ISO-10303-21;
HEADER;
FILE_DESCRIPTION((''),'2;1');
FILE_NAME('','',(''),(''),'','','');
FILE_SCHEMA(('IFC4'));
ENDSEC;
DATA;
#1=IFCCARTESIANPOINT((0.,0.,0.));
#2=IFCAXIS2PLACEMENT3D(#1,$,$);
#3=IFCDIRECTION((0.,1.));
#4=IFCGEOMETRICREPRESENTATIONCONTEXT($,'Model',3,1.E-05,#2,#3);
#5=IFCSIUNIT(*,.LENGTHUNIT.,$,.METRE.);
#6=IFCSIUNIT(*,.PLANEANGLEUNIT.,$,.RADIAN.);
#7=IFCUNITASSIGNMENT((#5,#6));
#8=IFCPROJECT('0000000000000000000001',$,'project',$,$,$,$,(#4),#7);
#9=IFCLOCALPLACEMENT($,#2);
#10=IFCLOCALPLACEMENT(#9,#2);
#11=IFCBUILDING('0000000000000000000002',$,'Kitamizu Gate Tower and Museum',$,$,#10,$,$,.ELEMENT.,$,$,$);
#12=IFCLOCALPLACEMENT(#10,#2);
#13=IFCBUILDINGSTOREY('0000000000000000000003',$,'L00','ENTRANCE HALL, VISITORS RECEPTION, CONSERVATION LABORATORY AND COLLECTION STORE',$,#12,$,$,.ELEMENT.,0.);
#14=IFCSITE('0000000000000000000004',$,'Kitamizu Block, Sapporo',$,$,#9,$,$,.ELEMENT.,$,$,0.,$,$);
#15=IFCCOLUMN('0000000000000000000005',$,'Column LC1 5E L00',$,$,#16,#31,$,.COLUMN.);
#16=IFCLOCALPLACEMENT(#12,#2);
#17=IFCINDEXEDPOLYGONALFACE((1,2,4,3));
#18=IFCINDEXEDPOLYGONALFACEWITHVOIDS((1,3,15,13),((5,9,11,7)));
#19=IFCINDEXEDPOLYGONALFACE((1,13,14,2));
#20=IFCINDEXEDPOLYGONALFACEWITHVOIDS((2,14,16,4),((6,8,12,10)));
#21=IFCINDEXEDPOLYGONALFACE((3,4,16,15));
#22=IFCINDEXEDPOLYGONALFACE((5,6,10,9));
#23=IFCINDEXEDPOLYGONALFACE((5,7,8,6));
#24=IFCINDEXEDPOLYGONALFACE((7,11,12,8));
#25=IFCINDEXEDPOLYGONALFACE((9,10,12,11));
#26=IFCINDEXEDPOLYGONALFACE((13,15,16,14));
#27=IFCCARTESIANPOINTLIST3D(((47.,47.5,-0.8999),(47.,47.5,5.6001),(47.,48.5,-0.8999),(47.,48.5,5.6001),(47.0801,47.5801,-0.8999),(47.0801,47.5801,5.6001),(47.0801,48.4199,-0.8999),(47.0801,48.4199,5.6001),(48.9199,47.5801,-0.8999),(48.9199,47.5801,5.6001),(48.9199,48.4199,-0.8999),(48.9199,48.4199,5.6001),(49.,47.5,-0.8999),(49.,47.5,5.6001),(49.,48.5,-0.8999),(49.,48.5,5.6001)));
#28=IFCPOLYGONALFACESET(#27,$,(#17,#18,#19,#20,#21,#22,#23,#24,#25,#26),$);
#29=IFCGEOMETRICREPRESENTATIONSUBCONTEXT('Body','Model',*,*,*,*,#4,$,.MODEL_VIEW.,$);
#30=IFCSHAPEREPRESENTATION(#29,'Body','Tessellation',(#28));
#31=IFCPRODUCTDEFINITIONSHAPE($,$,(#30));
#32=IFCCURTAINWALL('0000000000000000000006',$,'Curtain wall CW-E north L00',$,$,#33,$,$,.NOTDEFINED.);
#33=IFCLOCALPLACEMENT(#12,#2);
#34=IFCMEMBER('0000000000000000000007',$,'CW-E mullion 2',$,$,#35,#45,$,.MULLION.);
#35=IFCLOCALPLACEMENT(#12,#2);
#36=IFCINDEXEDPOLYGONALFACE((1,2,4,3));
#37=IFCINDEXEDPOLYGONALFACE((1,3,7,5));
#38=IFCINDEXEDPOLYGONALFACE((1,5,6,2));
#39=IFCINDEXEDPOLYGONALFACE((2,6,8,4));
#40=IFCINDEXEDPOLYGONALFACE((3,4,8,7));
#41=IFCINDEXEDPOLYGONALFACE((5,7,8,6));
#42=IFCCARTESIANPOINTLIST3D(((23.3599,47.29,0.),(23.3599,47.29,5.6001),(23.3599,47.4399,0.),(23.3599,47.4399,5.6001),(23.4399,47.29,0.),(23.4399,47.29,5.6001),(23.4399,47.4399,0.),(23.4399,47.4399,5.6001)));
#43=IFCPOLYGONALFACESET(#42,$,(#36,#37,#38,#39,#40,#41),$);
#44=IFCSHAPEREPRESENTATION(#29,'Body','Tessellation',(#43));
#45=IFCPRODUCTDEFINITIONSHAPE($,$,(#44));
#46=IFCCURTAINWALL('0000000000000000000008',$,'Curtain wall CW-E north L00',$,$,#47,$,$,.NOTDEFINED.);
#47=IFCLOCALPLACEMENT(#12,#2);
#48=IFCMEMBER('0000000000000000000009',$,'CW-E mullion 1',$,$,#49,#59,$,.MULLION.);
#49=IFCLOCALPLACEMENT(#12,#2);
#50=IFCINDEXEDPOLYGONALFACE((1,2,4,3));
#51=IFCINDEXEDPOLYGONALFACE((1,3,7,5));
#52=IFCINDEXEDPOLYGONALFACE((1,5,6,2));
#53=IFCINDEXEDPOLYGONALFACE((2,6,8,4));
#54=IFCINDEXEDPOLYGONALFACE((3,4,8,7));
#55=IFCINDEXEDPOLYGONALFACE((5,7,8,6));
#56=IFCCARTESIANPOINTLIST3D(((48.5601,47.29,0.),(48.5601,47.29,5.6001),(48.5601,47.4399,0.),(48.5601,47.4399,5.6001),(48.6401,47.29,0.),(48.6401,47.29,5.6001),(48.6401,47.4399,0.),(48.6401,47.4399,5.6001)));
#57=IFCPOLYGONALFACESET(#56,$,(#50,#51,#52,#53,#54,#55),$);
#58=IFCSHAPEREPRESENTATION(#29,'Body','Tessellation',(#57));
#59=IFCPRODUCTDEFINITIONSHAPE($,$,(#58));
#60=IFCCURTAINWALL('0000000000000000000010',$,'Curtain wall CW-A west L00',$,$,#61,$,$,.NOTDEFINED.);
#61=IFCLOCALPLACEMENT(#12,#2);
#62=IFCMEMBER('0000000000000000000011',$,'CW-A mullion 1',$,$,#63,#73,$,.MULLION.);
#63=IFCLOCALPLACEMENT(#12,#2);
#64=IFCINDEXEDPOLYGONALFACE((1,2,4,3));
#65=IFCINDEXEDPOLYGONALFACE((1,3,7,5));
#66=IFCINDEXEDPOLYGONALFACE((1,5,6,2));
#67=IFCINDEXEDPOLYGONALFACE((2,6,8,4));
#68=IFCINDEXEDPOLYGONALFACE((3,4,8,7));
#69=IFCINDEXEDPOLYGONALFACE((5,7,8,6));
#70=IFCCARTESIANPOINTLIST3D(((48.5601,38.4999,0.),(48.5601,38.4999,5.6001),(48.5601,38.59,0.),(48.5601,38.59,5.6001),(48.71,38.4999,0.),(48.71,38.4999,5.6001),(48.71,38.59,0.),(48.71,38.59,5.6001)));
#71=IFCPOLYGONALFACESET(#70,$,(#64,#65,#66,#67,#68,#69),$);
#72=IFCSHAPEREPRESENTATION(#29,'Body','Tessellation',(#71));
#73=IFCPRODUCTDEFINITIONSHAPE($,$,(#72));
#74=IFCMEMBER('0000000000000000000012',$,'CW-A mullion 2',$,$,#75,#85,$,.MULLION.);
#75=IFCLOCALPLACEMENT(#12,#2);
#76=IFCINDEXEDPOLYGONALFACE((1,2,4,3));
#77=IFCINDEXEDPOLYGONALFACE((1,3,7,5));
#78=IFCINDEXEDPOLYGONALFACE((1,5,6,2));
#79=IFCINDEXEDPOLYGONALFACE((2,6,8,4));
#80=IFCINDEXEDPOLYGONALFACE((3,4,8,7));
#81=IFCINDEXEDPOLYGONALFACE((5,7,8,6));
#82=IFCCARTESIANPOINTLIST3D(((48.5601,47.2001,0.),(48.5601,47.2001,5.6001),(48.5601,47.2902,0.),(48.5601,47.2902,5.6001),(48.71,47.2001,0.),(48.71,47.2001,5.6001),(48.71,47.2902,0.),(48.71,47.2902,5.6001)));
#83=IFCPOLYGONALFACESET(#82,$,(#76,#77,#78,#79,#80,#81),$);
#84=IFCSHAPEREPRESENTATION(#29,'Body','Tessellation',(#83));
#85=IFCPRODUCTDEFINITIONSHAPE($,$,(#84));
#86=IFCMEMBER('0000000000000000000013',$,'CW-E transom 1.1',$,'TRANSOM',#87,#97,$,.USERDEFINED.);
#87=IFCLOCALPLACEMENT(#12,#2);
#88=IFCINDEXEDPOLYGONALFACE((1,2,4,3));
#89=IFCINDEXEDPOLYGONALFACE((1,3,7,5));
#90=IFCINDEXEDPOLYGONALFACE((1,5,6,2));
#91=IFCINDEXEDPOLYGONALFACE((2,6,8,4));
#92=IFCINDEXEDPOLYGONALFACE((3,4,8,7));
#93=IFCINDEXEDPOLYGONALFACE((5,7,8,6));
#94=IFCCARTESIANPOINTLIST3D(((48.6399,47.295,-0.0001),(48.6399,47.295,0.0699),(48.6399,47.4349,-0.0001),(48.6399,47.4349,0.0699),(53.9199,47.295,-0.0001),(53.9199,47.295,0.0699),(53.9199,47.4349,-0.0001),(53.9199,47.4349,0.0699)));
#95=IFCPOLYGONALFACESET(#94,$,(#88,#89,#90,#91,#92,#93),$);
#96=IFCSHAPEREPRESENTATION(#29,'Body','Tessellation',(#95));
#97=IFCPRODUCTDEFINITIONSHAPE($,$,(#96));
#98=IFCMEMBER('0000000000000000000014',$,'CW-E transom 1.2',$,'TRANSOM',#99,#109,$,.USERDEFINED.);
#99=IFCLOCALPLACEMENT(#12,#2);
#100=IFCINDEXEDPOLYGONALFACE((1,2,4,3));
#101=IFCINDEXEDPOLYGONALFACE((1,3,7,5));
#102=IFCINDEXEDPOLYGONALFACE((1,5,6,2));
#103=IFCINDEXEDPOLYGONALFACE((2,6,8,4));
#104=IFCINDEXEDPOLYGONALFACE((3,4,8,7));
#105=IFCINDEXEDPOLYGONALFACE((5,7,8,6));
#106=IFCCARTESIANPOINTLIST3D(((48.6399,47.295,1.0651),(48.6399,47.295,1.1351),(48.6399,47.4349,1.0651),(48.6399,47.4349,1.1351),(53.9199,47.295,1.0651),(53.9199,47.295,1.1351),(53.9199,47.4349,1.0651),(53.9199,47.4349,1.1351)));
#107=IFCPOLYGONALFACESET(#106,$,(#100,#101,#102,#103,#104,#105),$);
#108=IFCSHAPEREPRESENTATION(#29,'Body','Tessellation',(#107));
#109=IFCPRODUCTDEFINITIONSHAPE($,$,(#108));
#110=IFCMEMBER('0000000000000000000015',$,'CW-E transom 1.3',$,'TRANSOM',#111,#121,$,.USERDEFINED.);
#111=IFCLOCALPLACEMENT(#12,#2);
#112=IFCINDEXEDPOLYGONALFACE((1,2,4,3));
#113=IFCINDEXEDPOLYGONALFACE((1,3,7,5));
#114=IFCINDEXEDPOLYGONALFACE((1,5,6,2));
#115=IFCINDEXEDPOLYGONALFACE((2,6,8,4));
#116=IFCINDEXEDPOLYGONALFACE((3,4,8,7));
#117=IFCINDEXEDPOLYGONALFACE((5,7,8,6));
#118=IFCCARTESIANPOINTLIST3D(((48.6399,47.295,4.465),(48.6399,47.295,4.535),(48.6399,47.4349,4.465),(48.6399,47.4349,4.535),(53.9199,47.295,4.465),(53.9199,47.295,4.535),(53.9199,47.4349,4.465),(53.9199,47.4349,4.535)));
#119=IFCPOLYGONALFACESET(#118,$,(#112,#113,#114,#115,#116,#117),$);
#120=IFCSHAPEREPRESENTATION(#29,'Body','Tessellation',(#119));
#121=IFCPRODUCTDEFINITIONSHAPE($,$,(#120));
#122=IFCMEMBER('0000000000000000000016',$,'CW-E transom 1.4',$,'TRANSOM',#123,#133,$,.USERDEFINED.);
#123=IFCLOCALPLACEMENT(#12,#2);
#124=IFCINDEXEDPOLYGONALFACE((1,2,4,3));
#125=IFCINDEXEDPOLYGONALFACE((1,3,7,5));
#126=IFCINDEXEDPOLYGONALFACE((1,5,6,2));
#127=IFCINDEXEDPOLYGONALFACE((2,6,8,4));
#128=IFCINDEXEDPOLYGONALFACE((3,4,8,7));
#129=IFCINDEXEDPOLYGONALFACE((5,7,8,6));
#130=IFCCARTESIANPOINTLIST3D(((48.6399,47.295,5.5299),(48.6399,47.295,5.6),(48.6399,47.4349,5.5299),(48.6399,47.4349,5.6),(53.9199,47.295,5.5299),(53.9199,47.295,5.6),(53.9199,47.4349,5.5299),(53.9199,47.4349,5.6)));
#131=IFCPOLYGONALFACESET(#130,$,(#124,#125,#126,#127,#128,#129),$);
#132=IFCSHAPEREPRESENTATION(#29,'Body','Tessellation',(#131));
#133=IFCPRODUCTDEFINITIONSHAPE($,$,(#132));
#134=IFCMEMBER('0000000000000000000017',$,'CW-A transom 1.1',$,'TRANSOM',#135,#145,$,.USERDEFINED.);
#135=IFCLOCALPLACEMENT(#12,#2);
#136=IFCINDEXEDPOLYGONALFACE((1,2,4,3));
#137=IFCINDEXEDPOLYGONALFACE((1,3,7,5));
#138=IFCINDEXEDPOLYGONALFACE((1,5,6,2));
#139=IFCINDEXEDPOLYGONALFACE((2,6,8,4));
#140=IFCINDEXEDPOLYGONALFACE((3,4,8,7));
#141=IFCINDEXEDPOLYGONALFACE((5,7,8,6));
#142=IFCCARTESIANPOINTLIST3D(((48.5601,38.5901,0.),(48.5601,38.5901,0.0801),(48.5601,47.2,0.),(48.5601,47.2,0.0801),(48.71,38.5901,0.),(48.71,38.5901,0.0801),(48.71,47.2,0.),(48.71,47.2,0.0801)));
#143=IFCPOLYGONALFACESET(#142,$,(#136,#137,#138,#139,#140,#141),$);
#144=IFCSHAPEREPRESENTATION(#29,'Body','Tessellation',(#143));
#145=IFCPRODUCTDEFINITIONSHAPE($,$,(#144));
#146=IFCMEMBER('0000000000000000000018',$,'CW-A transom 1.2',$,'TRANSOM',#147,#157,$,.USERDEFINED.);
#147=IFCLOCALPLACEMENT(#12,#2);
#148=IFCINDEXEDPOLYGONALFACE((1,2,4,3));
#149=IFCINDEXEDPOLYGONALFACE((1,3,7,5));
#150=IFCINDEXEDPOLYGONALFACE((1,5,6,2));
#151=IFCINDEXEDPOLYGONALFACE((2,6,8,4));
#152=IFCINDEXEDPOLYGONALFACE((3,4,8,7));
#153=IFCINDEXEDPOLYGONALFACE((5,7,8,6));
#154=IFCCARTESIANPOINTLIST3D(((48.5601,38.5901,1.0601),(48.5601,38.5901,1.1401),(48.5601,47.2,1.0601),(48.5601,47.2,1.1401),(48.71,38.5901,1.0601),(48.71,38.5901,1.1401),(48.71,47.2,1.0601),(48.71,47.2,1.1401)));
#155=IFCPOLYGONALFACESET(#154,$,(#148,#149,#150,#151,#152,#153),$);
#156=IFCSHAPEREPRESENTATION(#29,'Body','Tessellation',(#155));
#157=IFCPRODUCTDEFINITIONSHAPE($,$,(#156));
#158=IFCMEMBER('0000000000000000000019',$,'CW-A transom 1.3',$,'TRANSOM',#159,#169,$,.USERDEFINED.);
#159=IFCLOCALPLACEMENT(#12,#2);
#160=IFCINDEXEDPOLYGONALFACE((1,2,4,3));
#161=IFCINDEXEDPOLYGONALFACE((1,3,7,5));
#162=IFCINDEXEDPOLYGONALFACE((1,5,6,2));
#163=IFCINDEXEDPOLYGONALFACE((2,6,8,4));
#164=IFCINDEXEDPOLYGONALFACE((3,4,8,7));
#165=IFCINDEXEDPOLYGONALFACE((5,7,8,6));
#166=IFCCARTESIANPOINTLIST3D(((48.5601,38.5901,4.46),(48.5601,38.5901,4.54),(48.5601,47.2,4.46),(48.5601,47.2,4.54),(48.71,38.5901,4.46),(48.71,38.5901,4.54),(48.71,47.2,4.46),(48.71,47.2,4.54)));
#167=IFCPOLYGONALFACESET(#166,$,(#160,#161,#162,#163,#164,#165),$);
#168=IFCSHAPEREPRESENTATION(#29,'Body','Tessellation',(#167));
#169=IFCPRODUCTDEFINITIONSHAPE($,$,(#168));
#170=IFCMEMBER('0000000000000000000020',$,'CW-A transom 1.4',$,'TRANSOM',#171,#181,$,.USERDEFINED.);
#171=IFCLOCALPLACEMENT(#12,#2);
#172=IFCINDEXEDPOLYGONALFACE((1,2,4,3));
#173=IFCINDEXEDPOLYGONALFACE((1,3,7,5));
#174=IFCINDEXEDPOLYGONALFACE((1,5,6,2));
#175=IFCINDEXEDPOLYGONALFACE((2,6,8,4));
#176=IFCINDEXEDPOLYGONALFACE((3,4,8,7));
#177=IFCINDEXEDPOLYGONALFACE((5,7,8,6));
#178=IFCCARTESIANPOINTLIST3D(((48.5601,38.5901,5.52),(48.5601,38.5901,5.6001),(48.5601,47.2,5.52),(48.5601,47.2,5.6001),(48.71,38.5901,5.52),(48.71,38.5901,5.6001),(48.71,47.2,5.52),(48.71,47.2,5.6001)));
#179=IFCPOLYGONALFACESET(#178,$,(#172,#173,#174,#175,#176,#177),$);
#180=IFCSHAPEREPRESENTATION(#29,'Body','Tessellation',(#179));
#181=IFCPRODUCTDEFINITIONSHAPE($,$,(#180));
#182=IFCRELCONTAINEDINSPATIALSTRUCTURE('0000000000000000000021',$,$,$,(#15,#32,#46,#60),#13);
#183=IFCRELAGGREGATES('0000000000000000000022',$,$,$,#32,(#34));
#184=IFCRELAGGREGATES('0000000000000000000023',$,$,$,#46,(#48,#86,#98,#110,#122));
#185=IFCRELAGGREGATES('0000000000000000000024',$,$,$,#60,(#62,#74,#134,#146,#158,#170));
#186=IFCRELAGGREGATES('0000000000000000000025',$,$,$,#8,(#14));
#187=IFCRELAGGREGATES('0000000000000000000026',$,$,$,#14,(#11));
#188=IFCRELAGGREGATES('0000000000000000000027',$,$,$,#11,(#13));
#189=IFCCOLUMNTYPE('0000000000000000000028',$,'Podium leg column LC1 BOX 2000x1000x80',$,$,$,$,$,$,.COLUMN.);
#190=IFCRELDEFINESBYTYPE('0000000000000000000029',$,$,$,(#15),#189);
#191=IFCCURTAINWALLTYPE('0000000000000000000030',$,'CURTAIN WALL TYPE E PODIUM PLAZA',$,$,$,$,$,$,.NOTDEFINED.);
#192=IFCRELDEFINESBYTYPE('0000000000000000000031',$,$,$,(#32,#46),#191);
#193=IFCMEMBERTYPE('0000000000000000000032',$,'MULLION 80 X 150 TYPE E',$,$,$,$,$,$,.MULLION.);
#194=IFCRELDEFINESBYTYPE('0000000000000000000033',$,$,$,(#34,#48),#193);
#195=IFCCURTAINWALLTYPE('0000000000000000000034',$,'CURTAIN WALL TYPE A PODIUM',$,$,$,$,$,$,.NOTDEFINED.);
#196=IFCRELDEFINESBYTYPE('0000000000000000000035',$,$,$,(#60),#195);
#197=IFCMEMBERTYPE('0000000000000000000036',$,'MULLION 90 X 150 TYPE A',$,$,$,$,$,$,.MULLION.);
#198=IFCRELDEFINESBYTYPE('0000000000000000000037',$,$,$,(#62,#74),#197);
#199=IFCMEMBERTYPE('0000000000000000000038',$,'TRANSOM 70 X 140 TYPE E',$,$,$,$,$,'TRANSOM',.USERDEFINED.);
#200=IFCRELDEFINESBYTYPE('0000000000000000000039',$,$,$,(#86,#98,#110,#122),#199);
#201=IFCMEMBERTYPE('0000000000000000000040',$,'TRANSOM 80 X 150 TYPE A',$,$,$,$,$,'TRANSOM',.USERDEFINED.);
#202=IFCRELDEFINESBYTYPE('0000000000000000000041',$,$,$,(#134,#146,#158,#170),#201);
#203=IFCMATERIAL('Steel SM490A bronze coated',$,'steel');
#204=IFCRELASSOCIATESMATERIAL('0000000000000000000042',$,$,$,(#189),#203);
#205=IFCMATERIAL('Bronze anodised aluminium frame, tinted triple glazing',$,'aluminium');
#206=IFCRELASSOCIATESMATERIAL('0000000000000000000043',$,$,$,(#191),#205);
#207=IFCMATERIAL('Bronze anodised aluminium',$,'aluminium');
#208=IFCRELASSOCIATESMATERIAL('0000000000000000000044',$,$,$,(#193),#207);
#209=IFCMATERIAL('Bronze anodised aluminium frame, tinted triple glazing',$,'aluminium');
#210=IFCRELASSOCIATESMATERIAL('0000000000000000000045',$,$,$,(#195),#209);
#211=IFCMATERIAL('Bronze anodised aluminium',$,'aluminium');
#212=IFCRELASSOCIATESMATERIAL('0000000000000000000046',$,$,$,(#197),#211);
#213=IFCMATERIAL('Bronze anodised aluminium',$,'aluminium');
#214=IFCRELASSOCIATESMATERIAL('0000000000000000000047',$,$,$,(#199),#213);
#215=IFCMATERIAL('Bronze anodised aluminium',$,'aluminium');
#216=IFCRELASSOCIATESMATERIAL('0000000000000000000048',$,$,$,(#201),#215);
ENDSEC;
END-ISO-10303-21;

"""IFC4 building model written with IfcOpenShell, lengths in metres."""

from ifc_helpers import new_model, si_unit, direction, frame, origin, origin_2d, place, context, subcontext, project, spatial, rectangle, hollow_rectangle, extrude, material, material_profile, profile_set, type_object, element, aggregate, save


model = new_model("IFC4")

# Units and contexts
model_context = context("Model", 3, precision=1e-05, world=origin(), true_north=direction((0.0, 1.0)))
body_context = subcontext(model_context, "Body", "Model", "MODEL_VIEW")
ifc_project = project(units=[si_unit("LENGTHUNIT", "METRE"), si_unit("PLANEANGLEUNIT", "RADIAN")], contexts=[model_context])

# Site, building, storey
site_placement = place(None, origin())
site = spatial("IfcSite", under=ifc_project, at=site_placement, Name="Kitamizu Block, Sapporo", CompositionType="ELEMENT", RefElevation=0.0)
building_placement = place(site_placement, origin())
building = spatial("IfcBuilding", under=site, at=building_placement, Name="Kitamizu Gate Tower and Museum", CompositionType="ELEMENT")
storey_placement = place(building_placement, origin())
storey = spatial("IfcBuildingStorey", under=building, at=storey_placement, Name="L00", Description="ENTRANCE HALL, VISITORS RECEPTION, CONSERVATION LABORATORY AND COLLECTION STORE", CompositionType="ELEMENT", Elevation=0.0)

# Column
ifc_material_1 = material(Name="Steel SM490A bronze coated", Category="steel")
ifc_material_profile_1 = material_profile(ifc_material_1, hollow_rectangle(XDim=2.0, YDim=1.0, WallThickness=0.0801, at=origin_2d()), Name="BOX 2000x1000x80")
ifc_profile_set_1 = profile_set([ifc_material_profile_1], Name="Steel SM490A bronze coated")
column_type = type_object("IfcColumnType", Name="Podium leg column LC1 BOX 2000x1000x80", PredefinedType="COLUMN", material=ifc_profile_set_1)
for number, where, z_axis, x_axis, name in (
    (1, (48.0, 48.0, -0.8999), (0.0, 0.0, 1.0), (1.0, 0.0, 0.0), "Column LC1 5E L00"),
):
    element("IfcColumn", number, at=place(storey_placement, frame(where, z_axis=z_axis, x_axis=x_axis)), inside=storey, type_object=column_type, Name=name, PredefinedType="COLUMN", context=body_context, shape_type="SweptSolid", body=[
        extrude(hollow_rectangle(XDim=2.0, YDim=1.0, WallThickness=0.0801, at=origin_2d()), origin(), (0.0, 0.0, 1.0), 6.5),
    ])

# Curtain walls, members
ifc_material_2 = material(Name="Bronze anodised aluminium frame, tinted triple glazing", Category="aluminium")
curtain_wall_type_1 = type_object("IfcCurtainWallType", Name="CURTAIN WALL TYPE E PODIUM PLAZA", PredefinedType="NOTDEFINED", material=ifc_material_2)
curtain_wall_1_placement = place(storey_placement, origin())
curtain_wall_1 = element("IfcCurtainWall", 2, at=curtain_wall_1_placement, inside=storey, type_object=curtain_wall_type_1, Name="Curtain wall CW-E north L00", PredefinedType="NOTDEFINED")
ifc_material_3 = material(Name="Bronze anodised aluminium", Category="aluminium")
ifc_material_profile_2 = material_profile(ifc_material_3, rectangle(XDim=0.0801, YDim=0.1499, at=origin_2d()), Name="AL 80X150")
ifc_profile_set_2 = profile_set([ifc_material_profile_2], Name="Bronze anodised aluminium")
member_type_1 = type_object("IfcMemberType", Name="MULLION 80 X 150 TYPE E", PredefinedType="MULLION", material=ifc_profile_set_2)
member_1_placement = place(storey_placement, frame((23.3999, 47.365, 0.0), z_axis=(0.0, 0.0, 1.0), x_axis=(1.0, 0.0, 0.0)))
member_1 = element("IfcMember", 3, at=member_1_placement, type_object=member_type_1, Name="CW-E mullion 2", PredefinedType="MULLION", context=body_context, shape_type="SweptSolid", body=[
    extrude(rectangle(XDim=0.0801, YDim=0.1499, at=origin_2d()), origin(), (0.0, 0.0, 1.0), 5.6001),
])
aggregate(curtain_wall_1, [member_1])
curtain_wall_2_placement = place(storey_placement, origin())
curtain_wall_2 = element("IfcCurtainWall", 4, at=curtain_wall_2_placement, inside=storey, type_object=curtain_wall_type_1, Name="Curtain wall CW-E north L00", PredefinedType="NOTDEFINED")
member_2_placement = place(storey_placement, frame((48.6001, 47.365, 0.0), z_axis=(0.0, 0.0, 1.0), x_axis=(1.0, 0.0, 0.0)))
member_2 = element("IfcMember", 5, at=member_2_placement, type_object=member_type_1, Name="CW-E mullion 1", PredefinedType="MULLION", context=body_context, shape_type="SweptSolid", body=[
    extrude(rectangle(XDim=0.0801, YDim=0.1499, at=origin_2d()), origin(), (0.0, 0.0, 1.0), 5.6001),
])

# Curtain wall, members
ifc_material_4 = material(Name="Bronze anodised aluminium frame, tinted triple glazing", Category="aluminium")
curtain_wall_type_2 = type_object("IfcCurtainWallType", Name="CURTAIN WALL TYPE A PODIUM", PredefinedType="NOTDEFINED", material=ifc_material_4)
curtain_wall_3_placement = place(storey_placement, origin())
curtain_wall_3 = element("IfcCurtainWall", 6, at=curtain_wall_3_placement, inside=storey, type_object=curtain_wall_type_2, Name="Curtain wall CW-A west L00", PredefinedType="NOTDEFINED")
ifc_material_5 = material(Name="Bronze anodised aluminium", Category="aluminium")
ifc_material_profile_3 = material_profile(ifc_material_5, rectangle(XDim=0.0901, YDim=0.1499, at=origin_2d()), Name="AL 90X150")
ifc_profile_set_3 = profile_set([ifc_material_profile_3], Name="Bronze anodised aluminium")
member_type_2 = type_object("IfcMemberType", Name="MULLION 90 X 150 TYPE A", PredefinedType="MULLION", material=ifc_profile_set_3)
member_3_placement = place(storey_placement, frame((48.635, 38.5449, 0.0), z_axis=(0.0, 0.0, 1.0), x_axis=(0.0, 1.0, 0.0)))
member_3 = element("IfcMember", 7, at=member_3_placement, type_object=member_type_2, Name="CW-A mullion 1", PredefinedType="MULLION", context=body_context, shape_type="SweptSolid", body=[
    extrude(rectangle(XDim=0.0901, YDim=0.1499, at=origin_2d()), origin(), (0.0, 0.0, 1.0), 5.6001),
])
member_4_placement = place(storey_placement, frame((48.635, 47.2451, 0.0), z_axis=(0.0, 0.0, 1.0), x_axis=(0.0, 1.0, 0.0)))
member_4 = element("IfcMember", 8, at=member_4_placement, type_object=member_type_2, Name="CW-A mullion 2", PredefinedType="MULLION", context=body_context, shape_type="SweptSolid", body=[
    extrude(rectangle(XDim=0.0901, YDim=0.1499, at=origin_2d()), origin(), (0.0, 0.0, 1.0), 5.6001),
])

# Members
ifc_material_6 = material(Name="Bronze anodised aluminium", Category="aluminium")
ifc_material_profile_4 = material_profile(ifc_material_6, rectangle(XDim=0.1399, YDim=0.0701, at=origin_2d()), Name="AL 70X140")
ifc_profile_set_4 = profile_set([ifc_material_profile_4], Name="Bronze anodised aluminium")
member_type_3 = type_object("IfcMemberType", Name="TRANSOM 70 X 140 TYPE E", ElementType="TRANSOM", PredefinedType="USERDEFINED", material=ifc_profile_set_4)
member_5_placement = place(storey_placement, frame((48.6399, 47.365, 0.0349), z_axis=(1.0, 0.0, 0.0), x_axis=(0.0, 1.0, 0.0)))
member_5 = element("IfcMember", 9, at=member_5_placement, type_object=member_type_3, Name="CW-E transom 1.1", ObjectType="TRANSOM", PredefinedType="USERDEFINED", context=body_context, shape_type="SweptSolid", body=[
    extrude(rectangle(XDim=0.1399, YDim=0.0701, at=origin_2d()), origin(), (0.0, 0.0, 1.0), 5.28),
])
member_6_placement = place(storey_placement, frame((48.6399, 47.365, 1.1001), z_axis=(1.0, 0.0, 0.0), x_axis=(0.0, 1.0, 0.0)))
member_6 = element("IfcMember", 10, at=member_6_placement, type_object=member_type_3, Name="CW-E transom 1.2", ObjectType="TRANSOM", PredefinedType="USERDEFINED", context=body_context, shape_type="SweptSolid", body=[
    extrude(rectangle(XDim=0.1399, YDim=0.0701, at=origin_2d()), origin(), (0.0, 0.0, 1.0), 5.28),
])
member_7_placement = place(storey_placement, frame((48.6399, 47.365, 4.5), z_axis=(1.0, 0.0, 0.0), x_axis=(0.0, 1.0, 0.0)))
member_7 = element("IfcMember", 11, at=member_7_placement, type_object=member_type_3, Name="CW-E transom 1.3", ObjectType="TRANSOM", PredefinedType="USERDEFINED", context=body_context, shape_type="SweptSolid", body=[
    extrude(rectangle(XDim=0.1399, YDim=0.0701, at=origin_2d()), origin(), (0.0, 0.0, 1.0), 5.28),
])
member_8_placement = place(storey_placement, frame((48.6399, 47.365, 5.5649), z_axis=(1.0, 0.0, 0.0), x_axis=(0.0, 1.0, 0.0)))
member_8 = element("IfcMember", 12, at=member_8_placement, type_object=member_type_3, Name="CW-E transom 1.4", ObjectType="TRANSOM", PredefinedType="USERDEFINED", context=body_context, shape_type="SweptSolid", body=[
    extrude(rectangle(XDim=0.1399, YDim=0.0701, at=origin_2d()), origin(), (0.0, 0.0, 1.0), 5.28),
])
ifc_material_7 = material(Name="Bronze anodised aluminium", Category="aluminium")
ifc_material_profile_5 = material_profile(ifc_material_7, rectangle(XDim=0.1499, YDim=0.0801, at=origin_2d()), Name="AL 80X150")
ifc_profile_set_5 = profile_set([ifc_material_profile_5], Name="Bronze anodised aluminium")
member_type_4 = type_object("IfcMemberType", Name="TRANSOM 80 X 150 TYPE A", ElementType="TRANSOM", PredefinedType="USERDEFINED", material=ifc_profile_set_5)
member_9_placement = place(storey_placement, frame((48.635, 38.5901, 0.04), z_axis=(0.0, 1.0, 0.0), x_axis=(-1.0, 0.0, 0.0)))
member_9 = element("IfcMember", 13, at=member_9_placement, type_object=member_type_4, Name="CW-A transom 1.1", ObjectType="TRANSOM", PredefinedType="USERDEFINED", context=body_context, shape_type="SweptSolid", body=[
    extrude(rectangle(XDim=0.1499, YDim=0.0801, at=origin_2d()), origin(), (0.0, 0.0, 1.0), 8.6099),
])
member_10_placement = place(storey_placement, frame((48.635, 38.5901, 1.1001), z_axis=(0.0, 1.0, 0.0), x_axis=(-1.0, 0.0, 0.0)))
member_10 = element("IfcMember", 14, at=member_10_placement, type_object=member_type_4, Name="CW-A transom 1.2", ObjectType="TRANSOM", PredefinedType="USERDEFINED", context=body_context, shape_type="SweptSolid", body=[
    extrude(rectangle(XDim=0.1499, YDim=0.0801, at=origin_2d()), origin(), (0.0, 0.0, 1.0), 8.6099),
])
member_11_placement = place(storey_placement, frame((48.635, 38.5901, 4.5), z_axis=(0.0, 1.0, 0.0), x_axis=(-1.0, 0.0, 0.0)))
member_11 = element("IfcMember", 15, at=member_11_placement, type_object=member_type_4, Name="CW-A transom 1.3", ObjectType="TRANSOM", PredefinedType="USERDEFINED", context=body_context, shape_type="SweptSolid", body=[
    extrude(rectangle(XDim=0.1499, YDim=0.0801, at=origin_2d()), origin(), (0.0, 0.0, 1.0), 8.6099),
])
member_12_placement = place(storey_placement, frame((48.635, 38.5901, 5.5601), z_axis=(0.0, 1.0, 0.0), x_axis=(-1.0, 0.0, 0.0)))
member_12 = element("IfcMember", 16, at=member_12_placement, type_object=member_type_4, Name="CW-A transom 1.4", ObjectType="TRANSOM", PredefinedType="USERDEFINED", context=body_context, shape_type="SweptSolid", body=[
    extrude(rectangle(XDim=0.1499, YDim=0.0801, at=origin_2d()), origin(), (0.0, 0.0, 1.0), 8.6099),
])

aggregate(curtain_wall_2, [member_2, member_5, member_6, member_7, member_8])
aggregate(curtain_wall_3, [member_3, member_4, member_9, member_10, member_11, member_12])

save(model, "model.ifc")
